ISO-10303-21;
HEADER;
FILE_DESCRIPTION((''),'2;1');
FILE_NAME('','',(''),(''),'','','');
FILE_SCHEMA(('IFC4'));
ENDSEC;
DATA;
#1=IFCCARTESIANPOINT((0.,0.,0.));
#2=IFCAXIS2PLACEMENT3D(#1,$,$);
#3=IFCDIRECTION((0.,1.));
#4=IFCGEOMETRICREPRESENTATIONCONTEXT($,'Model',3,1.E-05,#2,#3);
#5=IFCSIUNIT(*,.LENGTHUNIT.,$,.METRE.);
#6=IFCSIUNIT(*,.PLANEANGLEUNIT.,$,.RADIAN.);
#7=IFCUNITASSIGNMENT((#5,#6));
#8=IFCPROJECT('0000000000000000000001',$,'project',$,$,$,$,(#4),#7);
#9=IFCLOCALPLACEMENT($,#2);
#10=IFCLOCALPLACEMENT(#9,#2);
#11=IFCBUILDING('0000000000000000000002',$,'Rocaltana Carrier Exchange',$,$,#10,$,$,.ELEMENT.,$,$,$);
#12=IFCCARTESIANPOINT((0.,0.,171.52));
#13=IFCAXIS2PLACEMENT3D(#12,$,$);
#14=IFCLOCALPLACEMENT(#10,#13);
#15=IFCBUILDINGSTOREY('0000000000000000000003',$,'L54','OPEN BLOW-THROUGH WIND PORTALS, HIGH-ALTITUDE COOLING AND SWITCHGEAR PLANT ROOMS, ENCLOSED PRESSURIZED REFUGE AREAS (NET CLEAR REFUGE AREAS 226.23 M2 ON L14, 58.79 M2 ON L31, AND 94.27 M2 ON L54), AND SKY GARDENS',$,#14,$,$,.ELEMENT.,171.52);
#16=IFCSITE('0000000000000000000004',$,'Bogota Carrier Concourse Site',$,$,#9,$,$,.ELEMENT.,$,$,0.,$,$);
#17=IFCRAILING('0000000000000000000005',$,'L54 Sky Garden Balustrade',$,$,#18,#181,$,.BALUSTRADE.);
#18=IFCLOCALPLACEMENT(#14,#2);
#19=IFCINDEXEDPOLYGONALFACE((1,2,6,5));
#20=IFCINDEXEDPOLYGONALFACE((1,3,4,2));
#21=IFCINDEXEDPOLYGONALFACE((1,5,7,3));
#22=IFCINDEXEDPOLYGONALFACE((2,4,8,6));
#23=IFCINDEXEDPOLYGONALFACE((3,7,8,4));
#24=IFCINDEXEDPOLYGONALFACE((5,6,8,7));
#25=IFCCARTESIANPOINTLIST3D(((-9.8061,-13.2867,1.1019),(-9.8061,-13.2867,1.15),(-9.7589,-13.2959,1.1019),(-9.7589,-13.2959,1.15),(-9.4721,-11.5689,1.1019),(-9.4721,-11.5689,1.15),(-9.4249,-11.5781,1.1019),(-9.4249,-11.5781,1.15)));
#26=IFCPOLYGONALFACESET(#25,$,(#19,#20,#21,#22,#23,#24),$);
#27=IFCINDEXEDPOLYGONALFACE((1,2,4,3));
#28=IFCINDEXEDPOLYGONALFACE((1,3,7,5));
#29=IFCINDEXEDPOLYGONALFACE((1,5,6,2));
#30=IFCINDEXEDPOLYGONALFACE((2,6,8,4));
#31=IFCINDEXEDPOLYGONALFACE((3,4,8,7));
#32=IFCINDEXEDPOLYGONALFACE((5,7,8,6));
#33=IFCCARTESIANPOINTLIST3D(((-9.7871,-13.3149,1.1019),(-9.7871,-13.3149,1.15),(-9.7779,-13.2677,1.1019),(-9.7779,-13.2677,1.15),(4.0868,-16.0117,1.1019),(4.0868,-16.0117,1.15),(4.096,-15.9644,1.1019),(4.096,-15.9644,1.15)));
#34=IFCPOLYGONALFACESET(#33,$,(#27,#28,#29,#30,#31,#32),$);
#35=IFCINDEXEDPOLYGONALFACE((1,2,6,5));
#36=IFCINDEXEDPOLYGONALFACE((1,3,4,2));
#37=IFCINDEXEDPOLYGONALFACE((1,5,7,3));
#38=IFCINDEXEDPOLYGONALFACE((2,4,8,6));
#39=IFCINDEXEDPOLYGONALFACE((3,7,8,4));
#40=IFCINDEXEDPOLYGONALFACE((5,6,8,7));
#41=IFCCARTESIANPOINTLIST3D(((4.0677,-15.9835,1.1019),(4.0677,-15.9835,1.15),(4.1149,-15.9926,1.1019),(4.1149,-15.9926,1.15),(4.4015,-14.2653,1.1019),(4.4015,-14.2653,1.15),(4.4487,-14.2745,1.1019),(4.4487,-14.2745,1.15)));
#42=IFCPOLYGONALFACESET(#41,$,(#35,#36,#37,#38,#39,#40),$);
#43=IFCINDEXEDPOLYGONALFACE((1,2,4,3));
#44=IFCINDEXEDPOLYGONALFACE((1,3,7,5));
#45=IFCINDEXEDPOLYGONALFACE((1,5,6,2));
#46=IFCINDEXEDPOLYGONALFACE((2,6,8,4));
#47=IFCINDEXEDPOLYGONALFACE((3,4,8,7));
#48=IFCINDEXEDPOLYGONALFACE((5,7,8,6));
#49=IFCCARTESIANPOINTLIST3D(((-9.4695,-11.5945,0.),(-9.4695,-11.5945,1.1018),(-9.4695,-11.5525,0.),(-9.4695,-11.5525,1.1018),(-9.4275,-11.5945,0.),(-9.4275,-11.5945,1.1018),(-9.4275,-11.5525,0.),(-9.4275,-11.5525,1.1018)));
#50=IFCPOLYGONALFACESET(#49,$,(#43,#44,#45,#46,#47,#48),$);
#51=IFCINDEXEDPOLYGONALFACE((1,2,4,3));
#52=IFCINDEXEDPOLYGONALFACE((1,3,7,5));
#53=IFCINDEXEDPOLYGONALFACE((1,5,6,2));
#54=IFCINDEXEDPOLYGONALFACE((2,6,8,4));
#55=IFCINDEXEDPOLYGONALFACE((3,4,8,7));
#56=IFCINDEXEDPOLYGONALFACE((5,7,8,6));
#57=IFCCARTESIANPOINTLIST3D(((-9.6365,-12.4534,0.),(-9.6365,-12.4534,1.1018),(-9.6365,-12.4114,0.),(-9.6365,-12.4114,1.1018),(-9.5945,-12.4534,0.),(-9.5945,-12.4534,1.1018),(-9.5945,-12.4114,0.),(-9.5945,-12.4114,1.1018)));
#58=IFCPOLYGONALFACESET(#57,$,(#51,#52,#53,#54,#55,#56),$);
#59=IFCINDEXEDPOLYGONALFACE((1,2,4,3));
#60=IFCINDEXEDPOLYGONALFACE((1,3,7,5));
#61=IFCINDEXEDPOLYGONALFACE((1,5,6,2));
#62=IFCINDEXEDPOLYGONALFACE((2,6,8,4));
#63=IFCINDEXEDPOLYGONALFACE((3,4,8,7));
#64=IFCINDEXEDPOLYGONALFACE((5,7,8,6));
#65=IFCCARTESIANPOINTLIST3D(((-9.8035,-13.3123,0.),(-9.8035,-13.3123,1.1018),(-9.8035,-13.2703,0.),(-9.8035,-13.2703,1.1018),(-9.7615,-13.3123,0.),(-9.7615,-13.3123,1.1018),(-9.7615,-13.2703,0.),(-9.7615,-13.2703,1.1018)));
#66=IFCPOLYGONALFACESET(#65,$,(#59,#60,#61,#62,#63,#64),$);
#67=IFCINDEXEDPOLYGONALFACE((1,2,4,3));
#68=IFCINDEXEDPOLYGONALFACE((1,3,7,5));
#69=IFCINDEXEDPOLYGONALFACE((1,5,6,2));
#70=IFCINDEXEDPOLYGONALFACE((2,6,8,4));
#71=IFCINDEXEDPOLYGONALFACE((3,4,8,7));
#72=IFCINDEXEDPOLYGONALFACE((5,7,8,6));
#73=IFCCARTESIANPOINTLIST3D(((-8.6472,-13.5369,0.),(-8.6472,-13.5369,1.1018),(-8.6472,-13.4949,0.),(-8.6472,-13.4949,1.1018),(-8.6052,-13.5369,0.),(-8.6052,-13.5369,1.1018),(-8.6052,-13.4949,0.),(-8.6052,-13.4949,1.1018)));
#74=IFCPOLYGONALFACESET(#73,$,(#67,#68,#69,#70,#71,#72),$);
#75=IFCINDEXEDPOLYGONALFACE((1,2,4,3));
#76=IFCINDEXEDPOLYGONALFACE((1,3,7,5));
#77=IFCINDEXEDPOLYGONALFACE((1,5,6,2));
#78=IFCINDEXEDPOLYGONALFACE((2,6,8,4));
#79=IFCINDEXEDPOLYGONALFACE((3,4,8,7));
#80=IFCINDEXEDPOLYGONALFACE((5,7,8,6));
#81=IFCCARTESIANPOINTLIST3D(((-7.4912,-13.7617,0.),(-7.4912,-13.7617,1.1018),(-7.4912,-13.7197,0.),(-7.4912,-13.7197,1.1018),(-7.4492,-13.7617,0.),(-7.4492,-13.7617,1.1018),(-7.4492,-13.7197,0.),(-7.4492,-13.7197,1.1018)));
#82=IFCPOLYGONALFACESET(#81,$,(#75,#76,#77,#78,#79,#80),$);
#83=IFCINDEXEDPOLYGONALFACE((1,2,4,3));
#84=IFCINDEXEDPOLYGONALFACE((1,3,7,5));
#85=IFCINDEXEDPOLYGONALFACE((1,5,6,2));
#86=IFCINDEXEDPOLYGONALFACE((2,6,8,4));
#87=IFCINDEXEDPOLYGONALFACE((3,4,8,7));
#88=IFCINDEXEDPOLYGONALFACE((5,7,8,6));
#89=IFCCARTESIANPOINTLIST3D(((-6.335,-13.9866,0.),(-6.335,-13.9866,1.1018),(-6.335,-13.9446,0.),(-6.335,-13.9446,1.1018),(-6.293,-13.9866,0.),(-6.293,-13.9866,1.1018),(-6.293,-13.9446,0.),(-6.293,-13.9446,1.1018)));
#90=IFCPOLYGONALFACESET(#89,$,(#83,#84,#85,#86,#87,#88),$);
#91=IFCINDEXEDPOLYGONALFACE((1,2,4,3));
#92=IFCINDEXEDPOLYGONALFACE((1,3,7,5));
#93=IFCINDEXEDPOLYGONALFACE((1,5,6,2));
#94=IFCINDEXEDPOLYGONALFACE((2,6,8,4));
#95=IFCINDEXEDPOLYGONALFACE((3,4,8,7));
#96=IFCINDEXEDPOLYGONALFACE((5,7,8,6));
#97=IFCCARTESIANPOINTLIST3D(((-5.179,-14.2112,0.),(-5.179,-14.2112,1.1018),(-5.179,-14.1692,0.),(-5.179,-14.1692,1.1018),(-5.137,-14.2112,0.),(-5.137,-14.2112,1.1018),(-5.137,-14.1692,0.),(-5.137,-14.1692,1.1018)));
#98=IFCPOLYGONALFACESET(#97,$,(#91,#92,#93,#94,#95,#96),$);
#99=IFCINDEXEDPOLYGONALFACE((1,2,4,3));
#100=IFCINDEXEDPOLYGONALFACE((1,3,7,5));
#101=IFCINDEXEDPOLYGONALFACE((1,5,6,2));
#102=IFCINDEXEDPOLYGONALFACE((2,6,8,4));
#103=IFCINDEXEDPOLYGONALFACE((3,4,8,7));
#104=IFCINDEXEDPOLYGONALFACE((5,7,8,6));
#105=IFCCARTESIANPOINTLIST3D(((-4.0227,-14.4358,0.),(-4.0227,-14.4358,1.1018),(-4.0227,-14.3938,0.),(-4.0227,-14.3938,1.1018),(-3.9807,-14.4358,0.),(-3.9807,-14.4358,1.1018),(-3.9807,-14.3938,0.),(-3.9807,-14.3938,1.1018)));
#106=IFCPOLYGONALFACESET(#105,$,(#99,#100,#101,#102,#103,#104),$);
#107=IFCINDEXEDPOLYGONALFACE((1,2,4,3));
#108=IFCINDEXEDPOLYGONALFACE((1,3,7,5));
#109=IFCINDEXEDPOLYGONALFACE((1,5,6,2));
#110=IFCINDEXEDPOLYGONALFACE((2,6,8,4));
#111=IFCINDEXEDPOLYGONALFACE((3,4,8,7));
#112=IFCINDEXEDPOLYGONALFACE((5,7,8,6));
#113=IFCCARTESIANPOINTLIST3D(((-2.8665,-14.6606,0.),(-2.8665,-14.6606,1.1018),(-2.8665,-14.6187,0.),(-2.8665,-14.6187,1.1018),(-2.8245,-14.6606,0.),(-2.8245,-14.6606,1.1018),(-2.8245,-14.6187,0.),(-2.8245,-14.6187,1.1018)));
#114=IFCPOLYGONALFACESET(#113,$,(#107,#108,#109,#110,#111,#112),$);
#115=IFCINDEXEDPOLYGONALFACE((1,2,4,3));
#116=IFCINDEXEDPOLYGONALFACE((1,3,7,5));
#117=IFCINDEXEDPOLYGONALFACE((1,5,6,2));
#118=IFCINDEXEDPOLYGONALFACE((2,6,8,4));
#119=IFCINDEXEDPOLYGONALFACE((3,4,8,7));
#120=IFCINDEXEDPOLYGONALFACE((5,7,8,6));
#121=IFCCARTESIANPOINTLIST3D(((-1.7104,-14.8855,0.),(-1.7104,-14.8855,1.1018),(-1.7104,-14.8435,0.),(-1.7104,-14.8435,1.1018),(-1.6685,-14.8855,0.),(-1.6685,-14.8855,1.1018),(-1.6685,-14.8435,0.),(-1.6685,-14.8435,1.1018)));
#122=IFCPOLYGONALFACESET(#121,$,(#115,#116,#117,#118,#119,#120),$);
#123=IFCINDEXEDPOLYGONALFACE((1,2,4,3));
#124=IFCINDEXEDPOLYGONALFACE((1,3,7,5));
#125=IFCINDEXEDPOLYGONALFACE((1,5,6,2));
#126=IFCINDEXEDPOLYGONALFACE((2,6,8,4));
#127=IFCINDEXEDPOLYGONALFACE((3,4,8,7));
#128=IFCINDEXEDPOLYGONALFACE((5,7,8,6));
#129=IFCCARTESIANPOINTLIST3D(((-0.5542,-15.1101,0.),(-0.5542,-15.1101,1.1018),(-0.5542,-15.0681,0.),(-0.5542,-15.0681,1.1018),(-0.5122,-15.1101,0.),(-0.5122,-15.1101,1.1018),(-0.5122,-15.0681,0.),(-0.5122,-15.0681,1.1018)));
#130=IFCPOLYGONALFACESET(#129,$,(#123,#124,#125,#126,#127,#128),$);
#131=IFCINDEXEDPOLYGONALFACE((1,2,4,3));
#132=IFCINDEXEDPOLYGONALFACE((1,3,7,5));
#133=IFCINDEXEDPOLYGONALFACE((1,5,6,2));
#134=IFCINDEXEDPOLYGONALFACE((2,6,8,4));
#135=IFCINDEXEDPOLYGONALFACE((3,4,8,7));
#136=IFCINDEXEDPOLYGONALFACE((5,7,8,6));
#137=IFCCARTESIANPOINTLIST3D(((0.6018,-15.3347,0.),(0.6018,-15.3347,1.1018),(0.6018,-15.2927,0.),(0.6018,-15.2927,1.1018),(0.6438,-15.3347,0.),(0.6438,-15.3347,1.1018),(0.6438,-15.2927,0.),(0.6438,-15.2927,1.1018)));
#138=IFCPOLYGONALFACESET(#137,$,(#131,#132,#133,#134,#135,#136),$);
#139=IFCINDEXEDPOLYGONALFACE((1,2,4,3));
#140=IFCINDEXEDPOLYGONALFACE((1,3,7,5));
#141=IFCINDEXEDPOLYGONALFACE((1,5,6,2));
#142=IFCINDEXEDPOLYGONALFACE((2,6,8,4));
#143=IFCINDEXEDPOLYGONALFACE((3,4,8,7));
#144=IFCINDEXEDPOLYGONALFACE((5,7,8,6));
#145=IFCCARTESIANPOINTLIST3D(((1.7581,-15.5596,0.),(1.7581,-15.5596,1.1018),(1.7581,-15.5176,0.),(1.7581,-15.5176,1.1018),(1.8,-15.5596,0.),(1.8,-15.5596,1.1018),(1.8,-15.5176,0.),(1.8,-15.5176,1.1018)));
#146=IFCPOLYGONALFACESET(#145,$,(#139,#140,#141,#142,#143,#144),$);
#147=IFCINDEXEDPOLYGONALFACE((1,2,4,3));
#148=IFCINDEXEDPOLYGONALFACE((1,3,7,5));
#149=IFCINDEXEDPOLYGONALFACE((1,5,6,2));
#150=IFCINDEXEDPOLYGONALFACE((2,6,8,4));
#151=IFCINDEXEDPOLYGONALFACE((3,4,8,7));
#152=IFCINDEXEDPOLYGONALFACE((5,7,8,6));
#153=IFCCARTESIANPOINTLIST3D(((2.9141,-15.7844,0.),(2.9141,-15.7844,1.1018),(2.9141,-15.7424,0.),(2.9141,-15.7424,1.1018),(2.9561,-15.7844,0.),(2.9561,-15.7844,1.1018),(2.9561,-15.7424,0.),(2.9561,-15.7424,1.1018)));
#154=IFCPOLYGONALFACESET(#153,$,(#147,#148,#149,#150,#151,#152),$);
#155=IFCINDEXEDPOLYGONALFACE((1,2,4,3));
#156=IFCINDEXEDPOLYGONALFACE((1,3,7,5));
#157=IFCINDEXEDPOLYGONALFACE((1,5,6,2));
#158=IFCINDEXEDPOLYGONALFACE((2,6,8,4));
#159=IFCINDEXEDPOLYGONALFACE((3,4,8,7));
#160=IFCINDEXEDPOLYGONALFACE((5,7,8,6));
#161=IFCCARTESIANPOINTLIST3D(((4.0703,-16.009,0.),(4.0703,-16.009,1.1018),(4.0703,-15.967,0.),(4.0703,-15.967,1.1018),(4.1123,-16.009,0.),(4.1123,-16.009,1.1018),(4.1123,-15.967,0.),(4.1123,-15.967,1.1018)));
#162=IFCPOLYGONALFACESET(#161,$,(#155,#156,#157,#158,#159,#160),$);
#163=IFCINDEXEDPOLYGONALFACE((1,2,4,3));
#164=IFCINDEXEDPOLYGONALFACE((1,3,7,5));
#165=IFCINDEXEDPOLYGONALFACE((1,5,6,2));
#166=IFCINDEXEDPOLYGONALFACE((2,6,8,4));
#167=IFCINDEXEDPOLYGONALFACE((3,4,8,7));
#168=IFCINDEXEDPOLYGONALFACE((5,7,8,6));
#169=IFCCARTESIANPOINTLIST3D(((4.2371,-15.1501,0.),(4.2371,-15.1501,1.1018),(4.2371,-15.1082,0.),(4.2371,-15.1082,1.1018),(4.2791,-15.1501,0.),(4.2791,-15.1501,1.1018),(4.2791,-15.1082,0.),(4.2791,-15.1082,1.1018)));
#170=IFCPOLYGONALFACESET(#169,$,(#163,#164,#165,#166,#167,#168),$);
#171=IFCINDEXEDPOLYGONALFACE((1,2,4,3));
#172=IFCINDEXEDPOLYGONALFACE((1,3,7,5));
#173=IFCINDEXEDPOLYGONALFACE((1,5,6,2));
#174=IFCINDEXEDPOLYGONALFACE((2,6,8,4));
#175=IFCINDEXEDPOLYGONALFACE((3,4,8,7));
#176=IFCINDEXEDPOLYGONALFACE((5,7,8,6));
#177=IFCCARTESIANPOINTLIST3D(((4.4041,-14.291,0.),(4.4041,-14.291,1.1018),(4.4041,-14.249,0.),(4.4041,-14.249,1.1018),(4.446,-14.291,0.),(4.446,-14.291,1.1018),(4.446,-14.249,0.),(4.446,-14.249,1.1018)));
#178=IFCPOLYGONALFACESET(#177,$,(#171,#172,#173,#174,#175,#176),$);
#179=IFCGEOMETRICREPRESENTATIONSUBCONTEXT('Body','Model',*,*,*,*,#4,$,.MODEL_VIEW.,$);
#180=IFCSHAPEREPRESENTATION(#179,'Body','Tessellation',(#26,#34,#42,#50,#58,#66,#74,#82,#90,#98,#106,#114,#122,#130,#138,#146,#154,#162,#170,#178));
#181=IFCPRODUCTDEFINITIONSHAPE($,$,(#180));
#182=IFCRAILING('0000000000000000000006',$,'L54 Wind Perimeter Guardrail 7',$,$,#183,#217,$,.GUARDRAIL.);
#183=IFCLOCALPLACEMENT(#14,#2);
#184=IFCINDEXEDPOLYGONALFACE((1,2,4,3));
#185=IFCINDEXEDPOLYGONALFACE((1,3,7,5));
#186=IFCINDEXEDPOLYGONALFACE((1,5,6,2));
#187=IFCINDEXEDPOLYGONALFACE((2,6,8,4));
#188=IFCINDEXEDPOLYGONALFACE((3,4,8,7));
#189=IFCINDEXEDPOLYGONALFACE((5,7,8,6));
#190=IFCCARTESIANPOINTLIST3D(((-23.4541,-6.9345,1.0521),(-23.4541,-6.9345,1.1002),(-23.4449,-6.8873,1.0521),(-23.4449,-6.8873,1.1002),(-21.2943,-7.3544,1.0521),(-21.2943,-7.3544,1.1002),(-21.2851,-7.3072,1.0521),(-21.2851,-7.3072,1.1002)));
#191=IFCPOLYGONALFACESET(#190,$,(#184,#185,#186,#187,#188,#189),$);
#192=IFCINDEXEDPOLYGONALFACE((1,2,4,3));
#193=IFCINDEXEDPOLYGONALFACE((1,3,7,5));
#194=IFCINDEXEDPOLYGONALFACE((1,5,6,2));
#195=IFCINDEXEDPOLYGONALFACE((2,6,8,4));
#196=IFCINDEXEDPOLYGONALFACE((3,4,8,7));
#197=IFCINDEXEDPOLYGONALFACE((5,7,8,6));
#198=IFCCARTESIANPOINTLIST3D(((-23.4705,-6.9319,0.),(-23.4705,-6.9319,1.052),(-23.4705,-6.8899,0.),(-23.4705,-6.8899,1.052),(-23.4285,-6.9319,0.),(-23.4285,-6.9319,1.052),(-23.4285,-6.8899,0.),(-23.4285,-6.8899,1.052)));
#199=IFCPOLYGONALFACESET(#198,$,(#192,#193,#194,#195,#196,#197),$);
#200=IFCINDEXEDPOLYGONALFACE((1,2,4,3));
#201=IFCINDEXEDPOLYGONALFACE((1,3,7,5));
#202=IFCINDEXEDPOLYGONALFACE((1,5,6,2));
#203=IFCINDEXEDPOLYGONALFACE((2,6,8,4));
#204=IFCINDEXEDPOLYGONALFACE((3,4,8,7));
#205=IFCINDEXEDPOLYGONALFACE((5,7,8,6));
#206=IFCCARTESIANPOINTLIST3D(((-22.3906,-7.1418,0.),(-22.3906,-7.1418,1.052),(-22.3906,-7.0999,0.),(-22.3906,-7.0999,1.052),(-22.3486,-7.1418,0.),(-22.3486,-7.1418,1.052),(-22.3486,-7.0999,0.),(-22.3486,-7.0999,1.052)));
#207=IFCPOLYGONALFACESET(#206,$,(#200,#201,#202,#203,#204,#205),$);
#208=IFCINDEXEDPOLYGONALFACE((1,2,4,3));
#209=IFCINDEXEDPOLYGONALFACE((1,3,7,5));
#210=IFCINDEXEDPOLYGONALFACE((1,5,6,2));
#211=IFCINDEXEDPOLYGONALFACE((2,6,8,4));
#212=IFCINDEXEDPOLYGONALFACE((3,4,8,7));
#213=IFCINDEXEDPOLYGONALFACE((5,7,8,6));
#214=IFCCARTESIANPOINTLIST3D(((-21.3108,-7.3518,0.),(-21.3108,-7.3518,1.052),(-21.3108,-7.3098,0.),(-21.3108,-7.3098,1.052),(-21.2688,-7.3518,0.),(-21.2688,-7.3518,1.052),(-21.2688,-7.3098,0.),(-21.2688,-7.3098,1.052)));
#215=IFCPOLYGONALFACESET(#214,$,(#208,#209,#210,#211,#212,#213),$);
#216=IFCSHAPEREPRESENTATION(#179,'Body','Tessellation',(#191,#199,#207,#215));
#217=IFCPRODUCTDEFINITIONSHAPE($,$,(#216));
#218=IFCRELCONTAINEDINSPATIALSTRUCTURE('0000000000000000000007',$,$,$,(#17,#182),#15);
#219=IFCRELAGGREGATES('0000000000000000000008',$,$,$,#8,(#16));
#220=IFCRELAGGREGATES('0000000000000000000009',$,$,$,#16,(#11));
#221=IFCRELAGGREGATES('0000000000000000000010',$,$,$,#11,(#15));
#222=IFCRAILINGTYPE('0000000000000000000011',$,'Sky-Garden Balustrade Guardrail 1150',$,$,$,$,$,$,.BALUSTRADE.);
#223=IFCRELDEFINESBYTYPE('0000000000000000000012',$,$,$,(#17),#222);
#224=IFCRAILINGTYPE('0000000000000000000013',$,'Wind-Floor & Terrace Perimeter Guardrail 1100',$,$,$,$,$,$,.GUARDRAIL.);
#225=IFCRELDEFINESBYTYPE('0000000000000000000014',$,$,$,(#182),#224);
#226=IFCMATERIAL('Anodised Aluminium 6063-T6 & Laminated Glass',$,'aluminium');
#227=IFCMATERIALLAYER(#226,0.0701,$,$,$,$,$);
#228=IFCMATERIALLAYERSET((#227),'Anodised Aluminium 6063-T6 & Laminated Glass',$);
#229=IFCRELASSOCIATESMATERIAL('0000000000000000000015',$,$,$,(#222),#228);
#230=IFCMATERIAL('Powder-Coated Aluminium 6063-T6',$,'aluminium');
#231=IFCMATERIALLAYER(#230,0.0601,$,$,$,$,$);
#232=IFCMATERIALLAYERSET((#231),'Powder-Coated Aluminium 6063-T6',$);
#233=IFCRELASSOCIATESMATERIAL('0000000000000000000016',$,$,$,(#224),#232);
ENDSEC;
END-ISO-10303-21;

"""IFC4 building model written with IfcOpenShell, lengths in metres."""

from ifc_helpers import new_model, si_unit, direction, frame, origin, origin_2d, place, context, subcontext, project, spatial, rectangle, extrude, material, layer, layer_set, type_object, element, save


model = new_model("IFC4")

# Units and contexts
model_context = context("Model", 3, precision=1e-05, world=origin(), true_north=direction((0.0, 1.0)))
body_context = subcontext(model_context, "Body", "Model", "MODEL_VIEW")
ifc_project = project(units=[si_unit("LENGTHUNIT", "METRE"), si_unit("PLANEANGLEUNIT", "RADIAN")], contexts=[model_context])

# Site, building, storey
site_placement = place(None, origin())
site = spatial("IfcSite", under=ifc_project, at=site_placement, Name="Bogota Carrier Concourse Site", CompositionType="ELEMENT", RefElevation=0.0)
building_placement = place(site_placement, origin())
building = spatial("IfcBuilding", under=site, at=building_placement, Name="Rocaltana Carrier Exchange", CompositionType="ELEMENT")
storey_placement = place(building_placement, frame((0.0, 0.0, 171.52)))
storey = spatial("IfcBuildingStorey", under=building, at=storey_placement, Name="L54", Description="OPEN BLOW-THROUGH WIND PORTALS, HIGH-ALTITUDE COOLING AND SWITCHGEAR PLANT ROOMS, ENCLOSED PRESSURIZED REFUGE AREAS (NET CLEAR REFUGE AREAS 226.23 M2 ON L14, 58.79 M2 ON L31, AND 94.27 M2 ON L54), AND SKY GARDENS", CompositionType="ELEMENT", Elevation=171.52)

# Railings
ifc_material_1 = material(Name="Anodised Aluminium 6063-T6 & Laminated Glass", Category="aluminium")
ifc_layer_1 = layer(ifc_material_1, 0.0701)
ifc_layer_set_1 = layer_set([ifc_layer_1], Name="Anodised Aluminium 6063-T6 & Laminated Glass")
railing_type_1 = type_object("IfcRailingType", Name="Sky-Garden Balustrade Guardrail 1150", PredefinedType="BALUSTRADE", material=ifc_layer_set_1)
railing_1_placement = place(storey_placement, frame((-9.4485, -11.5735, 0.0)))
element("IfcRailing", 1, at=railing_1_placement, inside=storey, type_object=railing_type_1, Name="L54 Sky Garden Balustrade", PredefinedType="BALUSTRADE", context=body_context, shape_type="SweptSolid", body=[
    extrude(rectangle(XDim=0.0481, YDim=0.0481, at=origin_2d()), frame((0.0, 0.0, 1.126), z_axis=(-0.190855, -0.981618, 0.0), x_axis=(0.981618, -0.190855, 0.0)), (0.0, 0.0, 1.0), 1.75),
    extrude(rectangle(XDim=0.0481, YDim=0.0481, at=origin_2d()), frame((-0.334, -1.7178, 1.126), z_axis=(0.981627, -0.190808, 0.0), x_axis=(0.190808, 0.981627, 0.0)), (0.0, 0.0, 1.0), 14.1335),
    extrude(rectangle(XDim=0.0481, YDim=0.0481, at=origin_2d()), frame((13.5398, -4.4146, 1.126), z_axis=(0.190694, 0.981649, 0.0), x_axis=(-0.981649, 0.190694, 0.0)), (0.0, 0.0, 1.0), 1.7502),
    extrude(rectangle(XDim=0.042, YDim=0.042, at=origin_2d()), origin(), (0.0, 0.0, 1.0), 1.1018),
    extrude(rectangle(XDim=0.042, YDim=0.042, at=origin_2d()), frame((-0.167, -0.8589, 0.0)), (0.0, 0.0, 1.0), 1.1018),
    extrude(rectangle(XDim=0.042, YDim=0.042, at=origin_2d()), frame((-0.334, -1.7178, 0.0)), (0.0, 0.0, 1.0), 1.1018),
    extrude(rectangle(XDim=0.042, YDim=0.042, at=origin_2d()), frame((0.8223, -1.9424, 0.0)), (0.0, 0.0, 1.0), 1.1018),
    extrude(rectangle(XDim=0.042, YDim=0.042, at=origin_2d()), frame((1.9783, -2.1672, 0.0)), (0.0, 0.0, 1.0), 1.1018),
    extrude(rectangle(XDim=0.042, YDim=0.042, at=origin_2d()), frame((3.1345, -2.3921, 0.0)), (0.0, 0.0, 1.0), 1.1018),
    extrude(rectangle(XDim=0.042, YDim=0.042, at=origin_2d()), frame((4.2905, -2.6167, 0.0)), (0.0, 0.0, 1.0), 1.1018),
    extrude(rectangle(XDim=0.042, YDim=0.042, at=origin_2d()), frame((5.4468, -2.8413, 0.0)), (0.0, 0.0, 1.0), 1.1018),
    extrude(rectangle(XDim=0.042, YDim=0.042, at=origin_2d()), frame((6.603, -3.0662, 0.0)), (0.0, 0.0, 1.0), 1.1018),
    extrude(rectangle(XDim=0.042, YDim=0.042, at=origin_2d()), frame((7.759, -3.291, 0.0)), (0.0, 0.0, 1.0), 1.1018),
    extrude(rectangle(XDim=0.042, YDim=0.042, at=origin_2d()), frame((8.9153, -3.5156, 0.0)), (0.0, 0.0, 1.0), 1.1018),
    extrude(rectangle(XDim=0.042, YDim=0.042, at=origin_2d()), frame((10.0713, -3.7402, 0.0)), (0.0, 0.0, 1.0), 1.1018),
    extrude(rectangle(XDim=0.042, YDim=0.042, at=origin_2d()), frame((11.2275, -3.9651, 0.0)), (0.0, 0.0, 1.0), 1.1018),
    extrude(rectangle(XDim=0.042, YDim=0.042, at=origin_2d()), frame((12.3835, -4.1899, 0.0)), (0.0, 0.0, 1.0), 1.1018),
    extrude(rectangle(XDim=0.042, YDim=0.042, at=origin_2d()), frame((13.5398, -4.4146, 0.0)), (0.0, 0.0, 1.0), 1.1018),
    extrude(rectangle(XDim=0.042, YDim=0.042, at=origin_2d()), frame((13.7065, -3.5557, 0.0)), (0.0, 0.0, 1.0), 1.1018),
    extrude(rectangle(XDim=0.042, YDim=0.042, at=origin_2d()), frame((13.8735, -2.6965, 0.0)), (0.0, 0.0, 1.0), 1.1018),
])
ifc_material_2 = material(Name="Powder-Coated Aluminium 6063-T6", Category="aluminium")
ifc_layer_2 = layer(ifc_material_2, 0.0601)
ifc_layer_set_2 = layer_set([ifc_layer_2], Name="Powder-Coated Aluminium 6063-T6")
railing_type_2 = type_object("IfcRailingType", Name="Wind-Floor & Terrace Perimeter Guardrail 1100", PredefinedType="GUARDRAIL", material=ifc_layer_set_2)
railing_2_placement = place(storey_placement, frame((-23.4495, -6.9109, 0.0)))
element("IfcRailing", 2, at=railing_2_placement, inside=storey, type_object=railing_type_2, Name="L54 Wind Perimeter Guardrail 7", PredefinedType="GUARDRAIL", context=body_context, shape_type="SweptSolid", body=[
    extrude(rectangle(XDim=0.0481, YDim=0.0481, at=origin_2d()), frame((0.0, 0.0, 1.0762), z_axis=(0.981617, -0.190864, 0.0), x_axis=(0.190864, 0.981617, 0.0)), (0.0, 0.0, 1.0), 2.2002),
    extrude(rectangle(XDim=0.042, YDim=0.042, at=origin_2d()), origin(), (0.0, 0.0, 1.0), 1.052),
    extrude(rectangle(XDim=0.042, YDim=0.042, at=origin_2d()), frame((1.0798, -0.21, 0.0)), (0.0, 0.0, 1.0), 1.052),
    extrude(rectangle(XDim=0.042, YDim=0.042, at=origin_2d()), frame((2.1597, -0.4199, 0.0)), (0.0, 0.0, 1.0), 1.052),
])

save(model, "model.ifc")
